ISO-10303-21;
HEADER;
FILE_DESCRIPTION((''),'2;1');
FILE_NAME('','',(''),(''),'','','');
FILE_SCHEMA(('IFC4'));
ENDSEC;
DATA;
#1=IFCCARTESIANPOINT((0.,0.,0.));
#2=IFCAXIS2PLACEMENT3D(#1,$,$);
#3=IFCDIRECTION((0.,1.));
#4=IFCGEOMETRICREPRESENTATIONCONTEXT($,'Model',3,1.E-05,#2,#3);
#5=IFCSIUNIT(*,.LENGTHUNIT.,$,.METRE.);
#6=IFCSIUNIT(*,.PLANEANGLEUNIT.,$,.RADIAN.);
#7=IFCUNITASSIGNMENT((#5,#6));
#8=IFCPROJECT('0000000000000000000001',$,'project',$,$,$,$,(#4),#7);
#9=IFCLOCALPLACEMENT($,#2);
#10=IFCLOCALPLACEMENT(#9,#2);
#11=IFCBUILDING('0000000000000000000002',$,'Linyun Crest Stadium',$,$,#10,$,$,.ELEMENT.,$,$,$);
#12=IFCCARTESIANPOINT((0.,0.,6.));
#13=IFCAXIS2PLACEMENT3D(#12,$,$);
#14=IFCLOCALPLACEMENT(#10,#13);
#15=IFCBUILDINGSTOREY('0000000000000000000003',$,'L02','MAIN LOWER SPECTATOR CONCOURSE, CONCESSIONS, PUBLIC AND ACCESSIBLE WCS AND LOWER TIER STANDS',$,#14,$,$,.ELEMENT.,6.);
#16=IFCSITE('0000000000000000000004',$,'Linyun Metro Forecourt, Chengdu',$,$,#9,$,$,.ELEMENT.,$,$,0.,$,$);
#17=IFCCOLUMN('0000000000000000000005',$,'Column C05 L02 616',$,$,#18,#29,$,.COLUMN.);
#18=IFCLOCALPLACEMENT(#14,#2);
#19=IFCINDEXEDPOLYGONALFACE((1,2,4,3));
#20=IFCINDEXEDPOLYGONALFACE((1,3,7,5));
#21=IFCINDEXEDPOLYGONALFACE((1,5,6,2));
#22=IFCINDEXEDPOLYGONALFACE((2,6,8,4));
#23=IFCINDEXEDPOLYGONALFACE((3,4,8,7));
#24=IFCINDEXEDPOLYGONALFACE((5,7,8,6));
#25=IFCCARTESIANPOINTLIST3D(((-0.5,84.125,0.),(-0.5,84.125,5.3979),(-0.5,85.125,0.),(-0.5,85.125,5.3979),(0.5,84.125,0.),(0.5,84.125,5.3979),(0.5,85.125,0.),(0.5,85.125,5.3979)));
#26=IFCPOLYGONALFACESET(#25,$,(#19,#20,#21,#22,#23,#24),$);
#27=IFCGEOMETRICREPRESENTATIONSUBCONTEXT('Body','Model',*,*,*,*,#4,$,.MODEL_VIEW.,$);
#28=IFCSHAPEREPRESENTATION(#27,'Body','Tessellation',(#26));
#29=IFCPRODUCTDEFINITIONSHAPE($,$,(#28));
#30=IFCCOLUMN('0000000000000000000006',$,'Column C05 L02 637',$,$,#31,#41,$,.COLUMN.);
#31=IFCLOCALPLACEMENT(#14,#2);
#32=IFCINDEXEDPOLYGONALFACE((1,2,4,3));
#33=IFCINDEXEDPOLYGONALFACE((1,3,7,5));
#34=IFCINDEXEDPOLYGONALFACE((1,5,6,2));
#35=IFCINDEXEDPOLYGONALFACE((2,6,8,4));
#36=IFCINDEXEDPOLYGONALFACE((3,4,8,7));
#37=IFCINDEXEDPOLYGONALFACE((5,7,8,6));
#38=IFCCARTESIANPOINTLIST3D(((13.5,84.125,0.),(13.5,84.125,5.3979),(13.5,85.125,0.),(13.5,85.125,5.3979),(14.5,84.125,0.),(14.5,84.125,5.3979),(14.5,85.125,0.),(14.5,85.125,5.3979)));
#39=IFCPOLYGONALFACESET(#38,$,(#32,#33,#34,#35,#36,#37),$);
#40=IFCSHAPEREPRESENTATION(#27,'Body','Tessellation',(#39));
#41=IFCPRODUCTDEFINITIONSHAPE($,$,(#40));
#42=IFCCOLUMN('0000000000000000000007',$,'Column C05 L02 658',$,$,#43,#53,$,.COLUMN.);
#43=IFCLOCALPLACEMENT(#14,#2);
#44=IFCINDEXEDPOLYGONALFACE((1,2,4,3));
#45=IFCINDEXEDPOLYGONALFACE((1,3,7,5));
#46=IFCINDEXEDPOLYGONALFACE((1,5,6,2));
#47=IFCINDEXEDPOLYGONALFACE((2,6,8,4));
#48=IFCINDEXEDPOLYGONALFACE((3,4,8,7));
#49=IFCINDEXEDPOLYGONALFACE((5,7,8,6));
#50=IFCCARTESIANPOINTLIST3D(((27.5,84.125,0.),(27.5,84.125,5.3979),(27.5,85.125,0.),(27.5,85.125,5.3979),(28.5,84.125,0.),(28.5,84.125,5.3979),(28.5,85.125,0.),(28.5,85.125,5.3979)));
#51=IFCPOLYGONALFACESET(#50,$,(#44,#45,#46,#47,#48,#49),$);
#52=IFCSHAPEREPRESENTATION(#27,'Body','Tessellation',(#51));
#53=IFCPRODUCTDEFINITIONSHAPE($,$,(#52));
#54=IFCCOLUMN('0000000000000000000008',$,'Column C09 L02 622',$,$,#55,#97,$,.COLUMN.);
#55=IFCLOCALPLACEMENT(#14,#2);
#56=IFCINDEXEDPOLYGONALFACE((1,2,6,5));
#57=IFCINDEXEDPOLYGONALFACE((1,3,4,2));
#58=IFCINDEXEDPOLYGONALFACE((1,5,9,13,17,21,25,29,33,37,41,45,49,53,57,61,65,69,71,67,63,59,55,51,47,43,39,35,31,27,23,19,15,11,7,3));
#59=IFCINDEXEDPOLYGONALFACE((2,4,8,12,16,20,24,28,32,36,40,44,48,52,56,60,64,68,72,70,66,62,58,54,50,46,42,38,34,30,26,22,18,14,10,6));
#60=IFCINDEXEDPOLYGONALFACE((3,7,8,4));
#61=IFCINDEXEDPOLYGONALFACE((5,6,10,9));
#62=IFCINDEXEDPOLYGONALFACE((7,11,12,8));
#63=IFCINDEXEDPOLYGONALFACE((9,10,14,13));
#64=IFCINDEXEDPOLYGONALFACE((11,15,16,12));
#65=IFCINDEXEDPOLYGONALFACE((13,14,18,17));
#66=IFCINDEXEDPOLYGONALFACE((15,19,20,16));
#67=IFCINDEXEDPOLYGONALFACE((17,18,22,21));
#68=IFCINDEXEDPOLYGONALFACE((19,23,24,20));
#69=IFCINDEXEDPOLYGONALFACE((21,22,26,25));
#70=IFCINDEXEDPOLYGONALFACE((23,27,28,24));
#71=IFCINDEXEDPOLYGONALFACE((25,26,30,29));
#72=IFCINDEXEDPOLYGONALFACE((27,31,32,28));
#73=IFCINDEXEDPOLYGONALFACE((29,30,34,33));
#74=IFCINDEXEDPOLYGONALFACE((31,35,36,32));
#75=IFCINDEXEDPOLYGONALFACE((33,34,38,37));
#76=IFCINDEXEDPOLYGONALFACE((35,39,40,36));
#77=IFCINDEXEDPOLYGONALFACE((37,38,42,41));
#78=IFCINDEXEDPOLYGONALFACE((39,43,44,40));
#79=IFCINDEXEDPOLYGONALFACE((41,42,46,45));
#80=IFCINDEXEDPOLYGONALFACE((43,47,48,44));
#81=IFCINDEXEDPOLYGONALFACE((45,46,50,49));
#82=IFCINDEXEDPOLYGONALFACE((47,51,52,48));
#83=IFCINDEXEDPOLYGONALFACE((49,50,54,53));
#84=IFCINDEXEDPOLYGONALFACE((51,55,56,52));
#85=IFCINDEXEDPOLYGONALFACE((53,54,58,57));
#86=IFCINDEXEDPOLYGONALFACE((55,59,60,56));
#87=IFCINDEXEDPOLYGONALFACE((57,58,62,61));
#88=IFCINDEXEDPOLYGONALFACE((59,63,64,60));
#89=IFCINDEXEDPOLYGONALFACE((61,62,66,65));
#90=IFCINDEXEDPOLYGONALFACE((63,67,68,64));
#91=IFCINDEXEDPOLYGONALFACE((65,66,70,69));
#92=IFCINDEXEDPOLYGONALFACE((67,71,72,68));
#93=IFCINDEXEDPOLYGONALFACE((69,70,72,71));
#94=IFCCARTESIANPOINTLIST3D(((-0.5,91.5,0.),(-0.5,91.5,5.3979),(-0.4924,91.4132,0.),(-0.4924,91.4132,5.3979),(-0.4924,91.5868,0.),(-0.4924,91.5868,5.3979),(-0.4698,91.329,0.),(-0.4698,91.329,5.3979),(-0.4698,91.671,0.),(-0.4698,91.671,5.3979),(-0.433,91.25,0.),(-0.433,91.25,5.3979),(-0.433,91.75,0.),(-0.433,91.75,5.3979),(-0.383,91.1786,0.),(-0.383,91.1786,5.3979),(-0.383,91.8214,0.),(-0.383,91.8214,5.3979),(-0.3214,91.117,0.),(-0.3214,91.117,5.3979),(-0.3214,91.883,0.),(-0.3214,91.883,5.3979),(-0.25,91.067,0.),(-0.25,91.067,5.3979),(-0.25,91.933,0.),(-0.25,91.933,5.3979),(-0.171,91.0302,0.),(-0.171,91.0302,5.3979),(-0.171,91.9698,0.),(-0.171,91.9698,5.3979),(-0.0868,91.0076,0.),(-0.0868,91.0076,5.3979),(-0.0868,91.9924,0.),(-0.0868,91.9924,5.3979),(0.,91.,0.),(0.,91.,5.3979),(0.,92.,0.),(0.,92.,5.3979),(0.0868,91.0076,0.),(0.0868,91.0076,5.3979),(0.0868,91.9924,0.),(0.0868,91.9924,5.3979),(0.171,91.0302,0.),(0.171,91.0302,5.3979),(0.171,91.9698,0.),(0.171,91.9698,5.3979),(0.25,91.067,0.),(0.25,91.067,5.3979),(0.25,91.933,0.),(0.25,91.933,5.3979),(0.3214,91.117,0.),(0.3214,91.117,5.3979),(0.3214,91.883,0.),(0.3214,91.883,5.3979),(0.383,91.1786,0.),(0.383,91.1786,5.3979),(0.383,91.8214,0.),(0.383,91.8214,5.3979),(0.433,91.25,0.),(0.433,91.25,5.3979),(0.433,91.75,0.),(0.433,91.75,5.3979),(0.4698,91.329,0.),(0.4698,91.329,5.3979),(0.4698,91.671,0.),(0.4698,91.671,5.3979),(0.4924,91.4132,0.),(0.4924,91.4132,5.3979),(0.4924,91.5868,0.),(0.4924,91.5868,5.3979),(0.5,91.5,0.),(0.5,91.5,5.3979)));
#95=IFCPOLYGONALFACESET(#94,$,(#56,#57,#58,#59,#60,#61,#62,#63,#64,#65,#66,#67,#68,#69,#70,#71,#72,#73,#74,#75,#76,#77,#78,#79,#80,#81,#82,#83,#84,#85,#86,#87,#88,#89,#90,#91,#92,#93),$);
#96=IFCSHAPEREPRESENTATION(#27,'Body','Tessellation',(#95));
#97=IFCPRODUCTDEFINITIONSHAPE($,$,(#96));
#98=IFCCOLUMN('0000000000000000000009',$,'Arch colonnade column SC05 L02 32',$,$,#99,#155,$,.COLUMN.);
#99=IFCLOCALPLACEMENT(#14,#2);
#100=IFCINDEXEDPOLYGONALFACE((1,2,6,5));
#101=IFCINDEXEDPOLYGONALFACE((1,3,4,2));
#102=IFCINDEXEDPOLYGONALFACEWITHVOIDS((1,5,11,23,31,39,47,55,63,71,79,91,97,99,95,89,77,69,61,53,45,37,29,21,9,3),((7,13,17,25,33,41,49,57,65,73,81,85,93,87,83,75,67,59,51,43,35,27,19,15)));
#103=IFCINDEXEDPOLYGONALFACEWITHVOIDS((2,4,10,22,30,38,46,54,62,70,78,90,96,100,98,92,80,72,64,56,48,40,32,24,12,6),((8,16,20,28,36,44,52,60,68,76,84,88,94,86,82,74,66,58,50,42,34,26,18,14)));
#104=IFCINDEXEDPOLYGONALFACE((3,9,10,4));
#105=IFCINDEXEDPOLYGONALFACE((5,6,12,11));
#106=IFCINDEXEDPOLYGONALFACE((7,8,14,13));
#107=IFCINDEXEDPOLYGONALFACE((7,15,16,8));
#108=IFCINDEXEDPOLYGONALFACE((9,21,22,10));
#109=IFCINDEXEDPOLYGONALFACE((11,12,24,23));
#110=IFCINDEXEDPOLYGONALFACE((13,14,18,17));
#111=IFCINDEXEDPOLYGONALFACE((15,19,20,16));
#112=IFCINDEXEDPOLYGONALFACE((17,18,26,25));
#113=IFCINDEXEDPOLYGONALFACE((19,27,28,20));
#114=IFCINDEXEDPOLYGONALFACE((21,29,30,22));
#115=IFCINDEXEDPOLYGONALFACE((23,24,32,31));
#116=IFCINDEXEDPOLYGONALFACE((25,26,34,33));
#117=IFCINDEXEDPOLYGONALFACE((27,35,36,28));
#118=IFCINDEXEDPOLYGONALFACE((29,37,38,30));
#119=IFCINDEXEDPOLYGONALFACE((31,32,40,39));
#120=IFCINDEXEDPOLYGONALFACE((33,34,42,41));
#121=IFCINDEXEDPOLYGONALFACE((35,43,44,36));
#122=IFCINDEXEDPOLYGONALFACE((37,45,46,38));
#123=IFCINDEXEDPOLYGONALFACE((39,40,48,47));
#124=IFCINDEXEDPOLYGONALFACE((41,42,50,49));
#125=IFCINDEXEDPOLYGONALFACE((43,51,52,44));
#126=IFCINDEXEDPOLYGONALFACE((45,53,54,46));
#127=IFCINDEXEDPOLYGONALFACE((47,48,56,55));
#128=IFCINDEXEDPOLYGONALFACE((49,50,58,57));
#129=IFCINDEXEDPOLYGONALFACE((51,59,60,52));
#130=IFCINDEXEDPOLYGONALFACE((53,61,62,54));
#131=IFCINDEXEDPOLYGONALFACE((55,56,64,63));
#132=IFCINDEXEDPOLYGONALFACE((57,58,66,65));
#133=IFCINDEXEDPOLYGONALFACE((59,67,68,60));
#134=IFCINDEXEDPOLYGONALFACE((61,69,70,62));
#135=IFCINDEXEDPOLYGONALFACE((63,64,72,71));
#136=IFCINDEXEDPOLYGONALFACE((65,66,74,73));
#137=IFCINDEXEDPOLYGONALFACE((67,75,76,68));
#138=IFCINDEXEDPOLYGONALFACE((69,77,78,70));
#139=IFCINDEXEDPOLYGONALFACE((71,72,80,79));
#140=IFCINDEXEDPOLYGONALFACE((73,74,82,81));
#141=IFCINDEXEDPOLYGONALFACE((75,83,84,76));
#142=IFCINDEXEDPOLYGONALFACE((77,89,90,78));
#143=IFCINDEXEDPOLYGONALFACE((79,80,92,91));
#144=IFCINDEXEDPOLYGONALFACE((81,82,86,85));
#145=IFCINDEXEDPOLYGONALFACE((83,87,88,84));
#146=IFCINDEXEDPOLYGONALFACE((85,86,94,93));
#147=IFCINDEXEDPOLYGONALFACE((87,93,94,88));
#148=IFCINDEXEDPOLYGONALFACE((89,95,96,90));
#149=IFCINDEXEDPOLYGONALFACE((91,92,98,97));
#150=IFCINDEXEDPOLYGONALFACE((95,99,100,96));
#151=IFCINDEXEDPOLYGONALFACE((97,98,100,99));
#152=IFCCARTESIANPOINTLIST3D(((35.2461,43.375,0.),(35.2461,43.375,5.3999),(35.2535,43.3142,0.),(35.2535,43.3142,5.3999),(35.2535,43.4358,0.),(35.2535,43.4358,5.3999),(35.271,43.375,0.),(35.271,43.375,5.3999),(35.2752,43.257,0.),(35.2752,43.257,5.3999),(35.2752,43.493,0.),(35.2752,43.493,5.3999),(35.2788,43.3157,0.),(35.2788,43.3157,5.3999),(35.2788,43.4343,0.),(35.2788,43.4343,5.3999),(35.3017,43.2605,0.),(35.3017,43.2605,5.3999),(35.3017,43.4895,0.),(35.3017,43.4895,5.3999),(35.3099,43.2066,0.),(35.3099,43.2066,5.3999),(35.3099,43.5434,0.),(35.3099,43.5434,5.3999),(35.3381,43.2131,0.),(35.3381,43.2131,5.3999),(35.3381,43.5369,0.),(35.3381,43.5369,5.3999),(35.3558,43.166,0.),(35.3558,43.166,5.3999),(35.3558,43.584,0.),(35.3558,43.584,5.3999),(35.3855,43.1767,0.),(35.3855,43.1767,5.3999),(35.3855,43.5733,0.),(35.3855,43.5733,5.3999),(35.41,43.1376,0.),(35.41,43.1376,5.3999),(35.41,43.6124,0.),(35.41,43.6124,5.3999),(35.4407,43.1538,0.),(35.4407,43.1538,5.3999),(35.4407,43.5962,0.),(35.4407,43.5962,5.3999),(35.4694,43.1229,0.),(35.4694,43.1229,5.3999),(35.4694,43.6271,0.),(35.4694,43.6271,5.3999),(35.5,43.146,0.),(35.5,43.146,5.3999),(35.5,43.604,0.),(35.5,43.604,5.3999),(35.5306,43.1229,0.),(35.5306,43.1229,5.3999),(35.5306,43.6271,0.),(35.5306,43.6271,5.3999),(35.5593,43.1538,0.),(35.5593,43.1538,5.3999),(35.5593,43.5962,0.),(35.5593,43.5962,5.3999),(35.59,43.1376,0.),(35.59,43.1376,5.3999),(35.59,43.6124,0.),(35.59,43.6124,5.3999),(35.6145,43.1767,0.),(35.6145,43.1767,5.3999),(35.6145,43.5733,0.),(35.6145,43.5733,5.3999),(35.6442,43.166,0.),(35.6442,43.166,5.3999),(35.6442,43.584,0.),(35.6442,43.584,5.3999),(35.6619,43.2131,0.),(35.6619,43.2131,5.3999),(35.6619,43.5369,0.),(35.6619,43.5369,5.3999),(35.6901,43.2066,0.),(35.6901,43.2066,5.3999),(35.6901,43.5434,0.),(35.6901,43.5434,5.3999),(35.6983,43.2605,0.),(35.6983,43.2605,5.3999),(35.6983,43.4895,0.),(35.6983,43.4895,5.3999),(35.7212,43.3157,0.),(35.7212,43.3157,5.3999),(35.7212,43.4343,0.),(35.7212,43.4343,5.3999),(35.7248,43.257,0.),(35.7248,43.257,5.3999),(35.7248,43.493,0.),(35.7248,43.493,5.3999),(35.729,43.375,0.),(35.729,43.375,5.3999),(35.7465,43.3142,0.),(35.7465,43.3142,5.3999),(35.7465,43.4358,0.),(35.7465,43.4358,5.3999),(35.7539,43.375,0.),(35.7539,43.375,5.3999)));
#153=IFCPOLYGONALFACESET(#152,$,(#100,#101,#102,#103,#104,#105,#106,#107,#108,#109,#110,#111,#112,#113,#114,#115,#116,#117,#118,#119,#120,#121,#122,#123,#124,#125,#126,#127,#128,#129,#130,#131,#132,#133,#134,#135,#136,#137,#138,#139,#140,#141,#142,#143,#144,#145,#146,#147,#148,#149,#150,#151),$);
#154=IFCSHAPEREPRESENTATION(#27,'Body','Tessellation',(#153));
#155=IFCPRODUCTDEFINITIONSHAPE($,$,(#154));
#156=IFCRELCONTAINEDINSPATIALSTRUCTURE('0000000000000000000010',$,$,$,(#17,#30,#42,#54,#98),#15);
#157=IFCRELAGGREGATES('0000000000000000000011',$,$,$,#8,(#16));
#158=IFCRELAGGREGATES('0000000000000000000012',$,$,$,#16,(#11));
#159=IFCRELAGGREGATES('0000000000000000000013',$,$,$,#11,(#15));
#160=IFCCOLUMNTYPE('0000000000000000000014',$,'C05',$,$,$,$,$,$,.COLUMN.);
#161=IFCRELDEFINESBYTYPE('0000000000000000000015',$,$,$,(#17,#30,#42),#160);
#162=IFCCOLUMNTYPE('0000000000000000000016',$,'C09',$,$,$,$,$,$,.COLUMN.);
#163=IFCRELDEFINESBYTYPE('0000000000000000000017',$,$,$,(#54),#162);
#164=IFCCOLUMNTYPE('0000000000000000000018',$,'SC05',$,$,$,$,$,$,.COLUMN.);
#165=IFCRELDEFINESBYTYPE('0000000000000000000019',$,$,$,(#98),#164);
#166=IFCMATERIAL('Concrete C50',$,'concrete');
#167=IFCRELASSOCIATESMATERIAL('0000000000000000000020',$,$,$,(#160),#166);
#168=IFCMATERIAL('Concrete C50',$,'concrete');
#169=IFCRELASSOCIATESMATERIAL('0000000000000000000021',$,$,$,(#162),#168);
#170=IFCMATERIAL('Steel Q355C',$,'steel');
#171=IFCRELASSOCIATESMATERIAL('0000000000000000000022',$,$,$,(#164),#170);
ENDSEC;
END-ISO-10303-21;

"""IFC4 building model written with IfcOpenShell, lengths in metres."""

from ifc_helpers import new_model, si_unit, direction, frame, origin, origin_2d, place, context, subcontext, project, spatial, rectangle, circle, hollow_circle, extrude, material, material_profile, profile_set, type_object, element, save


model = new_model("IFC4")

# Units and contexts
model_context = context("Model", 3, precision=1e-05, world=origin(), true_north=direction((0.0, 1.0)))
body_context = subcontext(model_context, "Body", "Model", "MODEL_VIEW")
ifc_project = project(units=[si_unit("LENGTHUNIT", "METRE"), si_unit("PLANEANGLEUNIT", "RADIAN")], contexts=[model_context])

# Site, building, storey
site_placement = place(None, origin())
site = spatial("IfcSite", under=ifc_project, at=site_placement, Name="Linyun Metro Forecourt, Chengdu", CompositionType="ELEMENT", RefElevation=0.0)
building_placement = place(site_placement, origin())
building = spatial("IfcBuilding", under=site, at=building_placement, Name="Linyun Crest Stadium", CompositionType="ELEMENT")
storey_placement = place(building_placement, frame((0.0, 0.0, 6.0)))
storey = spatial("IfcBuildingStorey", under=building, at=storey_placement, Name="L02", Description="MAIN LOWER SPECTATOR CONCOURSE, CONCESSIONS, PUBLIC AND ACCESSIBLE WCS AND LOWER TIER STANDS", CompositionType="ELEMENT", Elevation=6.0)

# Columns
ifc_material_1 = material(Name="Concrete C50", Category="concrete")
ifc_material_profile_1 = material_profile(ifc_material_1, rectangle(XDim=1.0, YDim=1.0, at=origin_2d()), Name="RC 1000x1000")
ifc_profile_set_1 = profile_set([ifc_material_profile_1], Name="Concrete C50")
column_type_1 = type_object("IfcColumnType", Name="C05", PredefinedType="COLUMN", material=ifc_profile_set_1)
for number, where, z_axis, x_axis, name in (
    (1, (0.0, 84.625, 0.0), (0.0, 0.0, 1.0), (1.0, 0.0, 0.0), "Column C05 L02 616"),
    (2, (14.0, 84.625, 0.0), (0.0, 0.0, 1.0), (1.0, 0.0, 0.0), "Column C05 L02 637"),
    (3, (28.0, 84.625, 0.0), (0.0, 0.0, 1.0), (1.0, 0.0, 0.0), "Column C05 L02 658"),
):
    element("IfcColumn", number, at=place(storey_placement, frame(where, z_axis=z_axis, x_axis=x_axis)), inside=storey, type_object=column_type_1, Name=name, PredefinedType="COLUMN", context=body_context, shape_type="SweptSolid", body=[
        extrude(rectangle(XDim=1.0, YDim=1.0, at=origin_2d()), origin(), (0.0, 0.0, 1.0), 5.3979),
    ])
ifc_material_2 = material(Name="Concrete C50", Category="concrete")
ifc_material_profile_2 = material_profile(ifc_material_2, circle(Radius=0.5, at=origin_2d()), Name="RC D1000")
ifc_profile_set_2 = profile_set([ifc_material_profile_2], Name="Concrete C50")
column_type_2 = type_object("IfcColumnType", Name="C09", PredefinedType="COLUMN", material=ifc_profile_set_2)
column_placement = place(storey_placement, frame((0.0, 91.5, 0.0), z_axis=(0.0, 0.0, 1.0), x_axis=(1.0, 0.0, 0.0)))
element("IfcColumn", 4, at=column_placement, inside=storey, type_object=column_type_2, Name="Column C09 L02 622", PredefinedType="COLUMN", context=body_context, shape_type="SweptSolid", body=[
    extrude(circle(Radius=0.5, at=origin_2d()), origin(), (0.0, 0.0, 1.0), 5.3979),
])
ifc_material_3 = material(Name="Steel Q355C", Category="steel")
ifc_material_profile_3 = material_profile(ifc_material_3, hollow_circle(Radius=0.2539, WallThickness=0.0249, at=origin_2d()), Name="CHS 508x25")
ifc_profile_set_3 = profile_set([ifc_material_profile_3], Name="Steel Q355C")
column_type_3 = type_object("IfcColumnType", Name="SC05", PredefinedType="COLUMN", material=ifc_profile_set_3)
for number, where, z_axis, x_axis, name in (
    (5, (35.5, 43.375, 0.0), (0.0, 0.0, 1.0), (1.0, 0.0, 0.0), "Arch colonnade column SC05 L02 32"),
):
    element("IfcColumn", number, at=place(storey_placement, frame(where, z_axis=z_axis, x_axis=x_axis)), inside=storey, type_object=column_type_3, Name=name, PredefinedType="COLUMN", context=body_context, shape_type="SweptSolid", body=[
        extrude(hollow_circle(Radius=0.2539, WallThickness=0.0249, at=origin_2d()), origin(), (0.0, 0.0, 1.0), 5.3999),
    ])

save(model, "model.ifc")
